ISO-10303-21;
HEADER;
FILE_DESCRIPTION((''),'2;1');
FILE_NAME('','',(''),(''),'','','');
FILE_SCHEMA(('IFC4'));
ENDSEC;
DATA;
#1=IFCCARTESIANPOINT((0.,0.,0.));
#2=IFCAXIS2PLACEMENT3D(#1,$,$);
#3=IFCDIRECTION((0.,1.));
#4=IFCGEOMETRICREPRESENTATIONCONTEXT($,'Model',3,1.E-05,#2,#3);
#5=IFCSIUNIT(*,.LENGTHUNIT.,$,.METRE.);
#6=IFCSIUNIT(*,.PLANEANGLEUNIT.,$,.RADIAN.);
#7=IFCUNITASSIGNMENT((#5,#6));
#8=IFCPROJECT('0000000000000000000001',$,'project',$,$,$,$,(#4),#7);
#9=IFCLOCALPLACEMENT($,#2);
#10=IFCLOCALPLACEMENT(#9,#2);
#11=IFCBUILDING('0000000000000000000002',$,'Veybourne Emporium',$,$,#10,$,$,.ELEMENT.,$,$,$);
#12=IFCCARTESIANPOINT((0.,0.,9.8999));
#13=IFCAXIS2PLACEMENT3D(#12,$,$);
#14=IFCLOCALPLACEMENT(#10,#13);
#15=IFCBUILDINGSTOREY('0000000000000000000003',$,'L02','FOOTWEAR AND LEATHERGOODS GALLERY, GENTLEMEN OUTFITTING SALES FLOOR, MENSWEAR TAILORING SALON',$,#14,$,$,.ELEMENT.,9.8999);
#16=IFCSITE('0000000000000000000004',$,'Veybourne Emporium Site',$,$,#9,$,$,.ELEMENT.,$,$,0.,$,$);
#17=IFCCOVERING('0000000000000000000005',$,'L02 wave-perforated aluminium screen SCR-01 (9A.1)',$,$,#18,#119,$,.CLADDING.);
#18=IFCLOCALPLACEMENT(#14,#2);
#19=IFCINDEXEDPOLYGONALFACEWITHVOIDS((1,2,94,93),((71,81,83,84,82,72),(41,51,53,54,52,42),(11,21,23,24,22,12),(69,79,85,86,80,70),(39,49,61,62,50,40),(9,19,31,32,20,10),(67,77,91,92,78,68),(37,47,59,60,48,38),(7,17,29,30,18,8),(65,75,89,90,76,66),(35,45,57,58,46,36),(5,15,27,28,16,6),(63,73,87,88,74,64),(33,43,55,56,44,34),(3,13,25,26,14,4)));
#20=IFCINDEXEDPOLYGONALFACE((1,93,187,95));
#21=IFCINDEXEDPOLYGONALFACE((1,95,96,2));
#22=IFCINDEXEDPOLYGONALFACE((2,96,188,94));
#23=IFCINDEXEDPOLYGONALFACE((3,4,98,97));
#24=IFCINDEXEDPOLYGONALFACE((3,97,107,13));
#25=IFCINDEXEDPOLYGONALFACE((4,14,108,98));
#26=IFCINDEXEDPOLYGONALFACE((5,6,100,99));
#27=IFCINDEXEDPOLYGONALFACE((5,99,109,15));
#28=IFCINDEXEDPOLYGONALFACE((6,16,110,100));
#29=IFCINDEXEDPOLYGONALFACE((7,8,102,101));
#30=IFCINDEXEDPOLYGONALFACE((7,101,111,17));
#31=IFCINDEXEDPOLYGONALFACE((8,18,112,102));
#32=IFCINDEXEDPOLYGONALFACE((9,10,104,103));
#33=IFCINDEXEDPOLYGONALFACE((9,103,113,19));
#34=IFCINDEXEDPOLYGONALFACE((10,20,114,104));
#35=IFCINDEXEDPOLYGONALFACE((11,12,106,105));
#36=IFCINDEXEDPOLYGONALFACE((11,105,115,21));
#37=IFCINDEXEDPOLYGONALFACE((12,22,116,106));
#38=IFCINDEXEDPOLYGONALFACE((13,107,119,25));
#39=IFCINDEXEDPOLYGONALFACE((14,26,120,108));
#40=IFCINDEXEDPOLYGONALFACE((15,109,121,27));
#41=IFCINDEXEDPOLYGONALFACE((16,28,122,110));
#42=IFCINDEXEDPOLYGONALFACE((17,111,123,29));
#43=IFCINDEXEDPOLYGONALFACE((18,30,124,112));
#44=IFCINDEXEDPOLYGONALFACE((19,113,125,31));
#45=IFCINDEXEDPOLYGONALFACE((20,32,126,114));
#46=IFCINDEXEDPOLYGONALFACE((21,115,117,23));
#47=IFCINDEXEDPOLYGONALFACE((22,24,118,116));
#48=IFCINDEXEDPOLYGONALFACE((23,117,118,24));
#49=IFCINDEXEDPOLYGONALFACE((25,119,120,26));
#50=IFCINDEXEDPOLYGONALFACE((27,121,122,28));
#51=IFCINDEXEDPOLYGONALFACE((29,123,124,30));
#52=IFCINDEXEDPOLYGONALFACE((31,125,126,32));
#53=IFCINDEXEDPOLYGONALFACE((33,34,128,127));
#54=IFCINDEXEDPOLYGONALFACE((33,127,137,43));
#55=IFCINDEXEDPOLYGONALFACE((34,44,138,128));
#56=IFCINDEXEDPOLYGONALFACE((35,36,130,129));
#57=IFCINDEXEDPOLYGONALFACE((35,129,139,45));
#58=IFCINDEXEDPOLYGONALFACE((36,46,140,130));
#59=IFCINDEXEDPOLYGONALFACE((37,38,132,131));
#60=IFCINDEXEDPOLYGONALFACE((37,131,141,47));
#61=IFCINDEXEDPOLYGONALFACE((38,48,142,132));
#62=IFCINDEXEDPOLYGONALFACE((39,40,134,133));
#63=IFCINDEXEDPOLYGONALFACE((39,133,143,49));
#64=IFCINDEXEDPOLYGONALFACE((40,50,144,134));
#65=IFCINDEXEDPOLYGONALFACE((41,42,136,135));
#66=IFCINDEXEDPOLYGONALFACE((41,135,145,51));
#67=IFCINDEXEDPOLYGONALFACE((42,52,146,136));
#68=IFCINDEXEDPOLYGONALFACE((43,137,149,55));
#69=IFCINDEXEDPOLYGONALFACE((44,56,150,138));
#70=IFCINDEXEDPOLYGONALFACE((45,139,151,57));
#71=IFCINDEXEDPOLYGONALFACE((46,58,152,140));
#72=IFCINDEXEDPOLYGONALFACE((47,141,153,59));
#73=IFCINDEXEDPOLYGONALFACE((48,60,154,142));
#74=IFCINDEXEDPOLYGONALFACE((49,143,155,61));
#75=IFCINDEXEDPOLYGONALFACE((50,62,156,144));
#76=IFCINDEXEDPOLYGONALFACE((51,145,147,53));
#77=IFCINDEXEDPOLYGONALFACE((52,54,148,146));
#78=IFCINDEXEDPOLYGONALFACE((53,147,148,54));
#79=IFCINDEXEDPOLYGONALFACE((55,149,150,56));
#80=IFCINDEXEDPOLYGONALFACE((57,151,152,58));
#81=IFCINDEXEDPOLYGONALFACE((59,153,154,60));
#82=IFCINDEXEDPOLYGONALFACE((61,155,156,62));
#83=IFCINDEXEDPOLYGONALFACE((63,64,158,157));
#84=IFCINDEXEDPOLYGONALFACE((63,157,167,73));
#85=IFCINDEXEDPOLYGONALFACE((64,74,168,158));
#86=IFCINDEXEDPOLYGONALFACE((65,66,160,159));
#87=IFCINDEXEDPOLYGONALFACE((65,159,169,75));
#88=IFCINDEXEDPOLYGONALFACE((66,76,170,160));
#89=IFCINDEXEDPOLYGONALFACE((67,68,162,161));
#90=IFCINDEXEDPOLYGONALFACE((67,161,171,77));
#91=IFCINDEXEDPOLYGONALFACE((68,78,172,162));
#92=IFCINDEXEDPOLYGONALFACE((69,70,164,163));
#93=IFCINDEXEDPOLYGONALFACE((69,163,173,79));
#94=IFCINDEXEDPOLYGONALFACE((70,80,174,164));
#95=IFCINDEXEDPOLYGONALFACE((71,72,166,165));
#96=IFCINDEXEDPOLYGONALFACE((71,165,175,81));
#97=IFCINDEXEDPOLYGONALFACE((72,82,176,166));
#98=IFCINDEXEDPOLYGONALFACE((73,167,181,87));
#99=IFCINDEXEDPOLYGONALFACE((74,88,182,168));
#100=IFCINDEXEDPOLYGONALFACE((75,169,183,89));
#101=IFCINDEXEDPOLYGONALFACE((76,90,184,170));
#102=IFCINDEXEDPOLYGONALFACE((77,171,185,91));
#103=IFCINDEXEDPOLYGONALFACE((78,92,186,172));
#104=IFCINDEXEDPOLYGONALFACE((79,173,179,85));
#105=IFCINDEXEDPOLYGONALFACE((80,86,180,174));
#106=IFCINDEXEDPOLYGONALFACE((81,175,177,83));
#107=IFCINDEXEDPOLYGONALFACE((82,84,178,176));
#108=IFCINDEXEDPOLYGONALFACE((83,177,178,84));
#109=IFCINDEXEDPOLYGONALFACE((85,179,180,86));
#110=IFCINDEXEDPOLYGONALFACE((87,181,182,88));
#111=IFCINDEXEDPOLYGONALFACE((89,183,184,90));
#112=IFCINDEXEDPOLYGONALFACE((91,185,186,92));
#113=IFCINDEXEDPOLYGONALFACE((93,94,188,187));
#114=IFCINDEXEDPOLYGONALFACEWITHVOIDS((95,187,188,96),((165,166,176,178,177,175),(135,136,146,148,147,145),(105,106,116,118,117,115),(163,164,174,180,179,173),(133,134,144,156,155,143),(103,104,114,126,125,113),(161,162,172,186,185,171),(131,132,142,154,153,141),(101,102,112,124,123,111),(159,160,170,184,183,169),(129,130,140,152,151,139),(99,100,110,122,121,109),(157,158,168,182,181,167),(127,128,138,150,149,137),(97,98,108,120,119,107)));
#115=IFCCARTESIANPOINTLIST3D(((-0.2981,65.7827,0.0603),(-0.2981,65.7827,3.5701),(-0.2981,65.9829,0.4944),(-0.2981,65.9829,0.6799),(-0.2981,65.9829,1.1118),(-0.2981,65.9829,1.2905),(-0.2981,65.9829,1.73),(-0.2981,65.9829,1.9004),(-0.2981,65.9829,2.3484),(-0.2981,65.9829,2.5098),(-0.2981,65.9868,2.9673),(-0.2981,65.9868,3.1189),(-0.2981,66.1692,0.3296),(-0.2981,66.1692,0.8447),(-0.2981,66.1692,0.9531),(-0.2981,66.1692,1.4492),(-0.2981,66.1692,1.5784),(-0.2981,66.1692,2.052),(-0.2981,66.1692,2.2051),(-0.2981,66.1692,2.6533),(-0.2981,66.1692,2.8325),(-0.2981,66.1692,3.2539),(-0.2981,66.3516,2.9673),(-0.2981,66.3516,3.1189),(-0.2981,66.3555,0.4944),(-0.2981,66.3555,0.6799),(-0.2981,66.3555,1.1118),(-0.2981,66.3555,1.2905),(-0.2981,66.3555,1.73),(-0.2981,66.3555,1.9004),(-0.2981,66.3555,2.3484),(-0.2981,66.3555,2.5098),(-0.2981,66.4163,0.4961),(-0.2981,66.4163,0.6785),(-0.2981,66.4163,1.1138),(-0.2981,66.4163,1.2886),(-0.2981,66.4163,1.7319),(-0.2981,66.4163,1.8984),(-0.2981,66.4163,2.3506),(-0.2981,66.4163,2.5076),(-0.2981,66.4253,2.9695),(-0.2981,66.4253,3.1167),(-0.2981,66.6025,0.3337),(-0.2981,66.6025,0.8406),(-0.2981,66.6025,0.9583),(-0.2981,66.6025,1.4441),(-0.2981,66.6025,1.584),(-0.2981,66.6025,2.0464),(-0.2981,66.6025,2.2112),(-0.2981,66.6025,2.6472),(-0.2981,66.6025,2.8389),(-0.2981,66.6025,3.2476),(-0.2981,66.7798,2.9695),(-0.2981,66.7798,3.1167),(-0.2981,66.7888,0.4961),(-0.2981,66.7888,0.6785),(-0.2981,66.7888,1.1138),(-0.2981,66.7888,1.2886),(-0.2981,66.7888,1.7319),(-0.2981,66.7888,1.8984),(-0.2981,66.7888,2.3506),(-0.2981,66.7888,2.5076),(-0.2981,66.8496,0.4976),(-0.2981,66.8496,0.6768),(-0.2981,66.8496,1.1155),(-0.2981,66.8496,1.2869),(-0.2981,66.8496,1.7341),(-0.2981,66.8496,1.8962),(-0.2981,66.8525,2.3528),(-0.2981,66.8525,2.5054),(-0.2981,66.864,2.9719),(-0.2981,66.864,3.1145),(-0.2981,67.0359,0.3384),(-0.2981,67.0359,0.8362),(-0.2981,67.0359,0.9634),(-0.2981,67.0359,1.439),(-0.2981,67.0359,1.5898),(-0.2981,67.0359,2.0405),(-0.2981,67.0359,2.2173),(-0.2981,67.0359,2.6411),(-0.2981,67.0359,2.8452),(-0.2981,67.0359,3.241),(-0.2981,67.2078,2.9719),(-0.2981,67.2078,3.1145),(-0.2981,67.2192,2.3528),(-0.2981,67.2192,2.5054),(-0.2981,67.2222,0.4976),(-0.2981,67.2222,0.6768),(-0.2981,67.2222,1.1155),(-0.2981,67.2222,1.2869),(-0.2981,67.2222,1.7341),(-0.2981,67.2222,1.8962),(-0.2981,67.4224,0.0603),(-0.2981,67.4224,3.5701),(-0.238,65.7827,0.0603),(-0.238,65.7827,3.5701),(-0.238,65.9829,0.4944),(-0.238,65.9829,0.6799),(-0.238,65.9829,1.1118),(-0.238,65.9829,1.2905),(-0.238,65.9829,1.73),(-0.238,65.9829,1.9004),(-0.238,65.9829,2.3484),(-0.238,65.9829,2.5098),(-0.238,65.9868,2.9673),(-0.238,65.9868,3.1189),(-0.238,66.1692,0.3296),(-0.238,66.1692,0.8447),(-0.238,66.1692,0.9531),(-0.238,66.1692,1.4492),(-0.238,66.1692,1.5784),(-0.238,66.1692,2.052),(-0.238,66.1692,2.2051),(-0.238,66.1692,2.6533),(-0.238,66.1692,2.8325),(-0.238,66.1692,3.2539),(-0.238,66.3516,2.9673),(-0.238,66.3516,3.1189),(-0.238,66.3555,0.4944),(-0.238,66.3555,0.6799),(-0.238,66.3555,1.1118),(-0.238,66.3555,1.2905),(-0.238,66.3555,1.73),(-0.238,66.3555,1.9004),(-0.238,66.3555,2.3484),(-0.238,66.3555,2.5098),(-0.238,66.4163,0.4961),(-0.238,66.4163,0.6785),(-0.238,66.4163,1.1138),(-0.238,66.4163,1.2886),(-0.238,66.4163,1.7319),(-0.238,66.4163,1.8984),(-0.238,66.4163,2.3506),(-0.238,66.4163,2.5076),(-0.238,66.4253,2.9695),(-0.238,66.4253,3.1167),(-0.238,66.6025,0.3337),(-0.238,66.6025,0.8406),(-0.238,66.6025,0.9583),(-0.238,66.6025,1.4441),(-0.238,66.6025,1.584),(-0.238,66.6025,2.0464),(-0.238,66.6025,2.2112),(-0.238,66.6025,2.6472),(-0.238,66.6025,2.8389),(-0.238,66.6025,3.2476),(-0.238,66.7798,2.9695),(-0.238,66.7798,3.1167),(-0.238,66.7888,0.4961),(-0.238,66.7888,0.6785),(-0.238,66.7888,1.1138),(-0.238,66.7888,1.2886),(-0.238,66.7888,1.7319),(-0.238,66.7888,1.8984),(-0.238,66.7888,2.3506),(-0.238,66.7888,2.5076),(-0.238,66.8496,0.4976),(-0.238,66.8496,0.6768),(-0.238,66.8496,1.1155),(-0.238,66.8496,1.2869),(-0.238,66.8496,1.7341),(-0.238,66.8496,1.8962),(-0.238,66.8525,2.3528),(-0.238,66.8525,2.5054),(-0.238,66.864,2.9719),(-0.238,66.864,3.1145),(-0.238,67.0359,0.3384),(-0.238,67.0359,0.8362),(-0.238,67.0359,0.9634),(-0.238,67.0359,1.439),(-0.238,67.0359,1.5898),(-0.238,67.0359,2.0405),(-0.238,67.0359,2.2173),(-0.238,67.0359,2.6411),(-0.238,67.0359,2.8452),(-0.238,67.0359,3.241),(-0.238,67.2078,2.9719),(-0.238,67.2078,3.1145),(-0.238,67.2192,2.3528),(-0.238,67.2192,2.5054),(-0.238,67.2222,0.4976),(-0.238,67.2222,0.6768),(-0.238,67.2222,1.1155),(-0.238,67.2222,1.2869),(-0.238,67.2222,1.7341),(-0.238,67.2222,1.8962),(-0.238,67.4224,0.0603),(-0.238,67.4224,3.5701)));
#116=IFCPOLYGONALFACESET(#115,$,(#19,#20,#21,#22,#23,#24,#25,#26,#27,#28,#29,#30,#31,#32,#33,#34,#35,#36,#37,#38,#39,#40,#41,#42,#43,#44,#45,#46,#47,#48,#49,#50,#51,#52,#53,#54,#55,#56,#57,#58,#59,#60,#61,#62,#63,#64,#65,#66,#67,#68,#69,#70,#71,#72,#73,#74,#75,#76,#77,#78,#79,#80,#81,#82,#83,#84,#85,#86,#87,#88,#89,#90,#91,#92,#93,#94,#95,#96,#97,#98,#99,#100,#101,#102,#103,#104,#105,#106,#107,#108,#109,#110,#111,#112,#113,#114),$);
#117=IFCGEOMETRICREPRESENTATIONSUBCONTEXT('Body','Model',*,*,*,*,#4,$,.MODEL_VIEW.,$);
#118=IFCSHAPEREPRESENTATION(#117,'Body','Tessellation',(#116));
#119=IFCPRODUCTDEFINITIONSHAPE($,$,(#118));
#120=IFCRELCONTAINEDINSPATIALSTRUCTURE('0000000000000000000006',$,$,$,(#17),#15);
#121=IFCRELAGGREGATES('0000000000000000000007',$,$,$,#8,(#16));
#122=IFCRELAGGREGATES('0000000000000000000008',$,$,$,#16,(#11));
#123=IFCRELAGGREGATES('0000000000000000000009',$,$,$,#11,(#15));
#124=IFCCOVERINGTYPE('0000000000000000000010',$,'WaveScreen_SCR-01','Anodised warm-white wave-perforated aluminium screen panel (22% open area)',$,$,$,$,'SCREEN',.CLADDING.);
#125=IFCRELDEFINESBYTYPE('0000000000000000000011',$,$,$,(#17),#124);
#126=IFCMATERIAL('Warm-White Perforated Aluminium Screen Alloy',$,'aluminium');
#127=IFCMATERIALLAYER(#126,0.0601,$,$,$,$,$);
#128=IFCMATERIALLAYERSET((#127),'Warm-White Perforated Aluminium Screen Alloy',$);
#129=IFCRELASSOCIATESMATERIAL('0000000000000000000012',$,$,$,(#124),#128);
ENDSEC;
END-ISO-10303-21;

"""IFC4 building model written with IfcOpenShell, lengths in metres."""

from ifc_helpers import new_model, si_unit, direction, frame, origin, place, context, subcontext, project, spatial, polyline, outline, extrude, material, layer, layer_set, type_object, element, save


model = new_model("IFC4")

# Units and contexts
model_context = context("Model", 3, precision=1e-05, world=origin(), true_north=direction((0.0, 1.0)))
body_context = subcontext(model_context, "Body", "Model", "MODEL_VIEW")
ifc_project = project(units=[si_unit("LENGTHUNIT", "METRE"), si_unit("PLANEANGLEUNIT", "RADIAN")], contexts=[model_context])

# Site, building, storey
site_placement = place(None, origin())
site = spatial("IfcSite", under=ifc_project, at=site_placement, Name="Veybourne Emporium Site", CompositionType="ELEMENT", RefElevation=0.0)
building_placement = place(site_placement, origin())
building = spatial("IfcBuilding", under=site, at=building_placement, Name="Veybourne Emporium", CompositionType="ELEMENT")
storey_placement = place(building_placement, frame((0.0, 0.0, 9.8999)))
storey = spatial("IfcBuildingStorey", under=building, at=storey_placement, Name="L02", Description="FOOTWEAR AND LEATHERGOODS GALLERY, GENTLEMEN OUTFITTING SALES FLOOR, MENSWEAR TAILORING SALON", CompositionType="ELEMENT", Elevation=9.8999)

# Covering
ifc_material_1 = material(Name="Warm-White Perforated Aluminium Screen Alloy", Category="aluminium")
ifc_layer_1 = layer(ifc_material_1, 0.0601)
ifc_layer_set_1 = layer_set([ifc_layer_1], Name="Warm-White Perforated Aluminium Screen Alloy")
covering_type_1 = type_object("IfcCoveringType", Name="WaveScreen_SCR-01", Description="Anodised warm-white wave-perforated aluminium screen panel (22% open area)", ElementType="SCREEN", PredefinedType="CLADDING", material=ifc_layer_set_1)
covering_1_placement = place(storey_placement, frame((-0.2981, 66.6025, 1.8152), z_axis=(1.0, 0.0, 0.0), x_axis=(0.0, 1.0, 0.0)))
element("IfcCovering", 1, at=covering_1_placement, inside=storey, type_object=covering_type_1, Name="L02 wave-perforated aluminium screen SCR-01 (9A.1)", PredefinedType="CLADDING", context=body_context, shape_type="SweptSolid", body=[
    extrude(outline(polyline([(-0.8198, -1.7549), (0.8198, -1.7549), (0.8198, 1.7549), (-0.8198, 1.7549), (-0.8198, -1.7549)]), holes=[polyline([(-0.4333, -0.9705), (-0.2471, -1.1353), (-0.2471, -1.3208), (-0.4333, -1.4856), (-0.6196, -1.3208), (-0.6196, -1.1353), (-0.4333, -0.9705)]), polyline([(-0.4333, -0.366), (-0.2471, -0.5247), (-0.2471, -0.7034), (-0.4333, -0.8621), (-0.6196, -0.7034), (-0.6196, -0.5247), (-0.4333, -0.366)]), polyline([(-0.4333, 0.2368), (-0.2471, 0.0852), (-0.2471, -0.0852), (-0.4333, -0.2368), (-0.6196, -0.0852), (-0.6196, 0.0852), (-0.4333, 0.2368)]), polyline([(-0.4333, 0.8381), (-0.2471, 0.6946), (-0.2471, 0.5332), (-0.4333, 0.3899), (-0.6196, 0.5332), (-0.6196, 0.6946), (-0.4333, 0.8381)]), polyline([(-0.4333, 1.4387), (-0.251, 1.3037), (-0.251, 1.1521), (-0.4333, 1.0173), (-0.6157, 1.1521), (-0.6157, 1.3037), (-0.4333, 1.4387)]), polyline([(0.0, -0.9746), (0.1863, -1.1367), (0.1863, -1.3191), (0.0, -1.4814), (-0.1863, -1.3191), (-0.1863, -1.1367), (0.0, -0.9746)]), polyline([(0.0, -0.3711), (0.1863, -0.5266), (0.1863, -0.7014), (0.0, -0.8569), (-0.1863, -0.7014), (-0.1863, -0.5266), (0.0, -0.3711)]), polyline([(0.0, 0.2312), (0.1863, 0.0833), (0.1863, -0.0833), (0.0, -0.2312), (-0.1863, -0.0833), (-0.1863, 0.0833), (0.0, 0.2312)]), polyline([(0.0, 0.832), (0.1863, 0.6924), (0.1863, 0.5354), (0.0, 0.396), (-0.1863, 0.5354), (-0.1863, 0.6924), (0.0, 0.832)]), polyline([(0.0, 1.4324), (0.1772, 1.3015), (0.1772, 1.1543), (0.0, 1.0237), (-0.1772, 1.1543), (-0.1772, 1.3015), (0.0, 1.4324)]), polyline([(0.4333, -0.979), (0.6196, -1.1384), (0.6196, -1.3176), (0.4333, -1.4768), (0.2471, -1.3176), (0.2471, -1.1384), (0.4333, -0.979)]), polyline([(0.4333, -0.3762), (0.6196, -0.5283), (0.6196, -0.6997), (0.4333, -0.8518), (0.2471, -0.6997), (0.2471, -0.5283), (0.4333, -0.3762)]), polyline([(0.4333, 0.2253), (0.6196, 0.0811), (0.6196, -0.0811), (0.4333, -0.2253), (0.2471, -0.0811), (0.2471, 0.0811), (0.4333, 0.2253)]), polyline([(0.4333, 0.8259), (0.6167, 0.6902), (0.6167, 0.5376), (0.4333, 0.4021), (0.25, 0.5376), (0.25, 0.6902), (0.4333, 0.8259)]), polyline([(0.4333, 1.4258), (0.6052, 1.2993), (0.6052, 1.1567), (0.4333, 1.03), (0.2615, 1.1567), (0.2615, 1.2993), (0.4333, 1.4258)])]), origin(), (0.0, 0.0, 1.0), 0.0601),
])

save(model, "model.ifc")
